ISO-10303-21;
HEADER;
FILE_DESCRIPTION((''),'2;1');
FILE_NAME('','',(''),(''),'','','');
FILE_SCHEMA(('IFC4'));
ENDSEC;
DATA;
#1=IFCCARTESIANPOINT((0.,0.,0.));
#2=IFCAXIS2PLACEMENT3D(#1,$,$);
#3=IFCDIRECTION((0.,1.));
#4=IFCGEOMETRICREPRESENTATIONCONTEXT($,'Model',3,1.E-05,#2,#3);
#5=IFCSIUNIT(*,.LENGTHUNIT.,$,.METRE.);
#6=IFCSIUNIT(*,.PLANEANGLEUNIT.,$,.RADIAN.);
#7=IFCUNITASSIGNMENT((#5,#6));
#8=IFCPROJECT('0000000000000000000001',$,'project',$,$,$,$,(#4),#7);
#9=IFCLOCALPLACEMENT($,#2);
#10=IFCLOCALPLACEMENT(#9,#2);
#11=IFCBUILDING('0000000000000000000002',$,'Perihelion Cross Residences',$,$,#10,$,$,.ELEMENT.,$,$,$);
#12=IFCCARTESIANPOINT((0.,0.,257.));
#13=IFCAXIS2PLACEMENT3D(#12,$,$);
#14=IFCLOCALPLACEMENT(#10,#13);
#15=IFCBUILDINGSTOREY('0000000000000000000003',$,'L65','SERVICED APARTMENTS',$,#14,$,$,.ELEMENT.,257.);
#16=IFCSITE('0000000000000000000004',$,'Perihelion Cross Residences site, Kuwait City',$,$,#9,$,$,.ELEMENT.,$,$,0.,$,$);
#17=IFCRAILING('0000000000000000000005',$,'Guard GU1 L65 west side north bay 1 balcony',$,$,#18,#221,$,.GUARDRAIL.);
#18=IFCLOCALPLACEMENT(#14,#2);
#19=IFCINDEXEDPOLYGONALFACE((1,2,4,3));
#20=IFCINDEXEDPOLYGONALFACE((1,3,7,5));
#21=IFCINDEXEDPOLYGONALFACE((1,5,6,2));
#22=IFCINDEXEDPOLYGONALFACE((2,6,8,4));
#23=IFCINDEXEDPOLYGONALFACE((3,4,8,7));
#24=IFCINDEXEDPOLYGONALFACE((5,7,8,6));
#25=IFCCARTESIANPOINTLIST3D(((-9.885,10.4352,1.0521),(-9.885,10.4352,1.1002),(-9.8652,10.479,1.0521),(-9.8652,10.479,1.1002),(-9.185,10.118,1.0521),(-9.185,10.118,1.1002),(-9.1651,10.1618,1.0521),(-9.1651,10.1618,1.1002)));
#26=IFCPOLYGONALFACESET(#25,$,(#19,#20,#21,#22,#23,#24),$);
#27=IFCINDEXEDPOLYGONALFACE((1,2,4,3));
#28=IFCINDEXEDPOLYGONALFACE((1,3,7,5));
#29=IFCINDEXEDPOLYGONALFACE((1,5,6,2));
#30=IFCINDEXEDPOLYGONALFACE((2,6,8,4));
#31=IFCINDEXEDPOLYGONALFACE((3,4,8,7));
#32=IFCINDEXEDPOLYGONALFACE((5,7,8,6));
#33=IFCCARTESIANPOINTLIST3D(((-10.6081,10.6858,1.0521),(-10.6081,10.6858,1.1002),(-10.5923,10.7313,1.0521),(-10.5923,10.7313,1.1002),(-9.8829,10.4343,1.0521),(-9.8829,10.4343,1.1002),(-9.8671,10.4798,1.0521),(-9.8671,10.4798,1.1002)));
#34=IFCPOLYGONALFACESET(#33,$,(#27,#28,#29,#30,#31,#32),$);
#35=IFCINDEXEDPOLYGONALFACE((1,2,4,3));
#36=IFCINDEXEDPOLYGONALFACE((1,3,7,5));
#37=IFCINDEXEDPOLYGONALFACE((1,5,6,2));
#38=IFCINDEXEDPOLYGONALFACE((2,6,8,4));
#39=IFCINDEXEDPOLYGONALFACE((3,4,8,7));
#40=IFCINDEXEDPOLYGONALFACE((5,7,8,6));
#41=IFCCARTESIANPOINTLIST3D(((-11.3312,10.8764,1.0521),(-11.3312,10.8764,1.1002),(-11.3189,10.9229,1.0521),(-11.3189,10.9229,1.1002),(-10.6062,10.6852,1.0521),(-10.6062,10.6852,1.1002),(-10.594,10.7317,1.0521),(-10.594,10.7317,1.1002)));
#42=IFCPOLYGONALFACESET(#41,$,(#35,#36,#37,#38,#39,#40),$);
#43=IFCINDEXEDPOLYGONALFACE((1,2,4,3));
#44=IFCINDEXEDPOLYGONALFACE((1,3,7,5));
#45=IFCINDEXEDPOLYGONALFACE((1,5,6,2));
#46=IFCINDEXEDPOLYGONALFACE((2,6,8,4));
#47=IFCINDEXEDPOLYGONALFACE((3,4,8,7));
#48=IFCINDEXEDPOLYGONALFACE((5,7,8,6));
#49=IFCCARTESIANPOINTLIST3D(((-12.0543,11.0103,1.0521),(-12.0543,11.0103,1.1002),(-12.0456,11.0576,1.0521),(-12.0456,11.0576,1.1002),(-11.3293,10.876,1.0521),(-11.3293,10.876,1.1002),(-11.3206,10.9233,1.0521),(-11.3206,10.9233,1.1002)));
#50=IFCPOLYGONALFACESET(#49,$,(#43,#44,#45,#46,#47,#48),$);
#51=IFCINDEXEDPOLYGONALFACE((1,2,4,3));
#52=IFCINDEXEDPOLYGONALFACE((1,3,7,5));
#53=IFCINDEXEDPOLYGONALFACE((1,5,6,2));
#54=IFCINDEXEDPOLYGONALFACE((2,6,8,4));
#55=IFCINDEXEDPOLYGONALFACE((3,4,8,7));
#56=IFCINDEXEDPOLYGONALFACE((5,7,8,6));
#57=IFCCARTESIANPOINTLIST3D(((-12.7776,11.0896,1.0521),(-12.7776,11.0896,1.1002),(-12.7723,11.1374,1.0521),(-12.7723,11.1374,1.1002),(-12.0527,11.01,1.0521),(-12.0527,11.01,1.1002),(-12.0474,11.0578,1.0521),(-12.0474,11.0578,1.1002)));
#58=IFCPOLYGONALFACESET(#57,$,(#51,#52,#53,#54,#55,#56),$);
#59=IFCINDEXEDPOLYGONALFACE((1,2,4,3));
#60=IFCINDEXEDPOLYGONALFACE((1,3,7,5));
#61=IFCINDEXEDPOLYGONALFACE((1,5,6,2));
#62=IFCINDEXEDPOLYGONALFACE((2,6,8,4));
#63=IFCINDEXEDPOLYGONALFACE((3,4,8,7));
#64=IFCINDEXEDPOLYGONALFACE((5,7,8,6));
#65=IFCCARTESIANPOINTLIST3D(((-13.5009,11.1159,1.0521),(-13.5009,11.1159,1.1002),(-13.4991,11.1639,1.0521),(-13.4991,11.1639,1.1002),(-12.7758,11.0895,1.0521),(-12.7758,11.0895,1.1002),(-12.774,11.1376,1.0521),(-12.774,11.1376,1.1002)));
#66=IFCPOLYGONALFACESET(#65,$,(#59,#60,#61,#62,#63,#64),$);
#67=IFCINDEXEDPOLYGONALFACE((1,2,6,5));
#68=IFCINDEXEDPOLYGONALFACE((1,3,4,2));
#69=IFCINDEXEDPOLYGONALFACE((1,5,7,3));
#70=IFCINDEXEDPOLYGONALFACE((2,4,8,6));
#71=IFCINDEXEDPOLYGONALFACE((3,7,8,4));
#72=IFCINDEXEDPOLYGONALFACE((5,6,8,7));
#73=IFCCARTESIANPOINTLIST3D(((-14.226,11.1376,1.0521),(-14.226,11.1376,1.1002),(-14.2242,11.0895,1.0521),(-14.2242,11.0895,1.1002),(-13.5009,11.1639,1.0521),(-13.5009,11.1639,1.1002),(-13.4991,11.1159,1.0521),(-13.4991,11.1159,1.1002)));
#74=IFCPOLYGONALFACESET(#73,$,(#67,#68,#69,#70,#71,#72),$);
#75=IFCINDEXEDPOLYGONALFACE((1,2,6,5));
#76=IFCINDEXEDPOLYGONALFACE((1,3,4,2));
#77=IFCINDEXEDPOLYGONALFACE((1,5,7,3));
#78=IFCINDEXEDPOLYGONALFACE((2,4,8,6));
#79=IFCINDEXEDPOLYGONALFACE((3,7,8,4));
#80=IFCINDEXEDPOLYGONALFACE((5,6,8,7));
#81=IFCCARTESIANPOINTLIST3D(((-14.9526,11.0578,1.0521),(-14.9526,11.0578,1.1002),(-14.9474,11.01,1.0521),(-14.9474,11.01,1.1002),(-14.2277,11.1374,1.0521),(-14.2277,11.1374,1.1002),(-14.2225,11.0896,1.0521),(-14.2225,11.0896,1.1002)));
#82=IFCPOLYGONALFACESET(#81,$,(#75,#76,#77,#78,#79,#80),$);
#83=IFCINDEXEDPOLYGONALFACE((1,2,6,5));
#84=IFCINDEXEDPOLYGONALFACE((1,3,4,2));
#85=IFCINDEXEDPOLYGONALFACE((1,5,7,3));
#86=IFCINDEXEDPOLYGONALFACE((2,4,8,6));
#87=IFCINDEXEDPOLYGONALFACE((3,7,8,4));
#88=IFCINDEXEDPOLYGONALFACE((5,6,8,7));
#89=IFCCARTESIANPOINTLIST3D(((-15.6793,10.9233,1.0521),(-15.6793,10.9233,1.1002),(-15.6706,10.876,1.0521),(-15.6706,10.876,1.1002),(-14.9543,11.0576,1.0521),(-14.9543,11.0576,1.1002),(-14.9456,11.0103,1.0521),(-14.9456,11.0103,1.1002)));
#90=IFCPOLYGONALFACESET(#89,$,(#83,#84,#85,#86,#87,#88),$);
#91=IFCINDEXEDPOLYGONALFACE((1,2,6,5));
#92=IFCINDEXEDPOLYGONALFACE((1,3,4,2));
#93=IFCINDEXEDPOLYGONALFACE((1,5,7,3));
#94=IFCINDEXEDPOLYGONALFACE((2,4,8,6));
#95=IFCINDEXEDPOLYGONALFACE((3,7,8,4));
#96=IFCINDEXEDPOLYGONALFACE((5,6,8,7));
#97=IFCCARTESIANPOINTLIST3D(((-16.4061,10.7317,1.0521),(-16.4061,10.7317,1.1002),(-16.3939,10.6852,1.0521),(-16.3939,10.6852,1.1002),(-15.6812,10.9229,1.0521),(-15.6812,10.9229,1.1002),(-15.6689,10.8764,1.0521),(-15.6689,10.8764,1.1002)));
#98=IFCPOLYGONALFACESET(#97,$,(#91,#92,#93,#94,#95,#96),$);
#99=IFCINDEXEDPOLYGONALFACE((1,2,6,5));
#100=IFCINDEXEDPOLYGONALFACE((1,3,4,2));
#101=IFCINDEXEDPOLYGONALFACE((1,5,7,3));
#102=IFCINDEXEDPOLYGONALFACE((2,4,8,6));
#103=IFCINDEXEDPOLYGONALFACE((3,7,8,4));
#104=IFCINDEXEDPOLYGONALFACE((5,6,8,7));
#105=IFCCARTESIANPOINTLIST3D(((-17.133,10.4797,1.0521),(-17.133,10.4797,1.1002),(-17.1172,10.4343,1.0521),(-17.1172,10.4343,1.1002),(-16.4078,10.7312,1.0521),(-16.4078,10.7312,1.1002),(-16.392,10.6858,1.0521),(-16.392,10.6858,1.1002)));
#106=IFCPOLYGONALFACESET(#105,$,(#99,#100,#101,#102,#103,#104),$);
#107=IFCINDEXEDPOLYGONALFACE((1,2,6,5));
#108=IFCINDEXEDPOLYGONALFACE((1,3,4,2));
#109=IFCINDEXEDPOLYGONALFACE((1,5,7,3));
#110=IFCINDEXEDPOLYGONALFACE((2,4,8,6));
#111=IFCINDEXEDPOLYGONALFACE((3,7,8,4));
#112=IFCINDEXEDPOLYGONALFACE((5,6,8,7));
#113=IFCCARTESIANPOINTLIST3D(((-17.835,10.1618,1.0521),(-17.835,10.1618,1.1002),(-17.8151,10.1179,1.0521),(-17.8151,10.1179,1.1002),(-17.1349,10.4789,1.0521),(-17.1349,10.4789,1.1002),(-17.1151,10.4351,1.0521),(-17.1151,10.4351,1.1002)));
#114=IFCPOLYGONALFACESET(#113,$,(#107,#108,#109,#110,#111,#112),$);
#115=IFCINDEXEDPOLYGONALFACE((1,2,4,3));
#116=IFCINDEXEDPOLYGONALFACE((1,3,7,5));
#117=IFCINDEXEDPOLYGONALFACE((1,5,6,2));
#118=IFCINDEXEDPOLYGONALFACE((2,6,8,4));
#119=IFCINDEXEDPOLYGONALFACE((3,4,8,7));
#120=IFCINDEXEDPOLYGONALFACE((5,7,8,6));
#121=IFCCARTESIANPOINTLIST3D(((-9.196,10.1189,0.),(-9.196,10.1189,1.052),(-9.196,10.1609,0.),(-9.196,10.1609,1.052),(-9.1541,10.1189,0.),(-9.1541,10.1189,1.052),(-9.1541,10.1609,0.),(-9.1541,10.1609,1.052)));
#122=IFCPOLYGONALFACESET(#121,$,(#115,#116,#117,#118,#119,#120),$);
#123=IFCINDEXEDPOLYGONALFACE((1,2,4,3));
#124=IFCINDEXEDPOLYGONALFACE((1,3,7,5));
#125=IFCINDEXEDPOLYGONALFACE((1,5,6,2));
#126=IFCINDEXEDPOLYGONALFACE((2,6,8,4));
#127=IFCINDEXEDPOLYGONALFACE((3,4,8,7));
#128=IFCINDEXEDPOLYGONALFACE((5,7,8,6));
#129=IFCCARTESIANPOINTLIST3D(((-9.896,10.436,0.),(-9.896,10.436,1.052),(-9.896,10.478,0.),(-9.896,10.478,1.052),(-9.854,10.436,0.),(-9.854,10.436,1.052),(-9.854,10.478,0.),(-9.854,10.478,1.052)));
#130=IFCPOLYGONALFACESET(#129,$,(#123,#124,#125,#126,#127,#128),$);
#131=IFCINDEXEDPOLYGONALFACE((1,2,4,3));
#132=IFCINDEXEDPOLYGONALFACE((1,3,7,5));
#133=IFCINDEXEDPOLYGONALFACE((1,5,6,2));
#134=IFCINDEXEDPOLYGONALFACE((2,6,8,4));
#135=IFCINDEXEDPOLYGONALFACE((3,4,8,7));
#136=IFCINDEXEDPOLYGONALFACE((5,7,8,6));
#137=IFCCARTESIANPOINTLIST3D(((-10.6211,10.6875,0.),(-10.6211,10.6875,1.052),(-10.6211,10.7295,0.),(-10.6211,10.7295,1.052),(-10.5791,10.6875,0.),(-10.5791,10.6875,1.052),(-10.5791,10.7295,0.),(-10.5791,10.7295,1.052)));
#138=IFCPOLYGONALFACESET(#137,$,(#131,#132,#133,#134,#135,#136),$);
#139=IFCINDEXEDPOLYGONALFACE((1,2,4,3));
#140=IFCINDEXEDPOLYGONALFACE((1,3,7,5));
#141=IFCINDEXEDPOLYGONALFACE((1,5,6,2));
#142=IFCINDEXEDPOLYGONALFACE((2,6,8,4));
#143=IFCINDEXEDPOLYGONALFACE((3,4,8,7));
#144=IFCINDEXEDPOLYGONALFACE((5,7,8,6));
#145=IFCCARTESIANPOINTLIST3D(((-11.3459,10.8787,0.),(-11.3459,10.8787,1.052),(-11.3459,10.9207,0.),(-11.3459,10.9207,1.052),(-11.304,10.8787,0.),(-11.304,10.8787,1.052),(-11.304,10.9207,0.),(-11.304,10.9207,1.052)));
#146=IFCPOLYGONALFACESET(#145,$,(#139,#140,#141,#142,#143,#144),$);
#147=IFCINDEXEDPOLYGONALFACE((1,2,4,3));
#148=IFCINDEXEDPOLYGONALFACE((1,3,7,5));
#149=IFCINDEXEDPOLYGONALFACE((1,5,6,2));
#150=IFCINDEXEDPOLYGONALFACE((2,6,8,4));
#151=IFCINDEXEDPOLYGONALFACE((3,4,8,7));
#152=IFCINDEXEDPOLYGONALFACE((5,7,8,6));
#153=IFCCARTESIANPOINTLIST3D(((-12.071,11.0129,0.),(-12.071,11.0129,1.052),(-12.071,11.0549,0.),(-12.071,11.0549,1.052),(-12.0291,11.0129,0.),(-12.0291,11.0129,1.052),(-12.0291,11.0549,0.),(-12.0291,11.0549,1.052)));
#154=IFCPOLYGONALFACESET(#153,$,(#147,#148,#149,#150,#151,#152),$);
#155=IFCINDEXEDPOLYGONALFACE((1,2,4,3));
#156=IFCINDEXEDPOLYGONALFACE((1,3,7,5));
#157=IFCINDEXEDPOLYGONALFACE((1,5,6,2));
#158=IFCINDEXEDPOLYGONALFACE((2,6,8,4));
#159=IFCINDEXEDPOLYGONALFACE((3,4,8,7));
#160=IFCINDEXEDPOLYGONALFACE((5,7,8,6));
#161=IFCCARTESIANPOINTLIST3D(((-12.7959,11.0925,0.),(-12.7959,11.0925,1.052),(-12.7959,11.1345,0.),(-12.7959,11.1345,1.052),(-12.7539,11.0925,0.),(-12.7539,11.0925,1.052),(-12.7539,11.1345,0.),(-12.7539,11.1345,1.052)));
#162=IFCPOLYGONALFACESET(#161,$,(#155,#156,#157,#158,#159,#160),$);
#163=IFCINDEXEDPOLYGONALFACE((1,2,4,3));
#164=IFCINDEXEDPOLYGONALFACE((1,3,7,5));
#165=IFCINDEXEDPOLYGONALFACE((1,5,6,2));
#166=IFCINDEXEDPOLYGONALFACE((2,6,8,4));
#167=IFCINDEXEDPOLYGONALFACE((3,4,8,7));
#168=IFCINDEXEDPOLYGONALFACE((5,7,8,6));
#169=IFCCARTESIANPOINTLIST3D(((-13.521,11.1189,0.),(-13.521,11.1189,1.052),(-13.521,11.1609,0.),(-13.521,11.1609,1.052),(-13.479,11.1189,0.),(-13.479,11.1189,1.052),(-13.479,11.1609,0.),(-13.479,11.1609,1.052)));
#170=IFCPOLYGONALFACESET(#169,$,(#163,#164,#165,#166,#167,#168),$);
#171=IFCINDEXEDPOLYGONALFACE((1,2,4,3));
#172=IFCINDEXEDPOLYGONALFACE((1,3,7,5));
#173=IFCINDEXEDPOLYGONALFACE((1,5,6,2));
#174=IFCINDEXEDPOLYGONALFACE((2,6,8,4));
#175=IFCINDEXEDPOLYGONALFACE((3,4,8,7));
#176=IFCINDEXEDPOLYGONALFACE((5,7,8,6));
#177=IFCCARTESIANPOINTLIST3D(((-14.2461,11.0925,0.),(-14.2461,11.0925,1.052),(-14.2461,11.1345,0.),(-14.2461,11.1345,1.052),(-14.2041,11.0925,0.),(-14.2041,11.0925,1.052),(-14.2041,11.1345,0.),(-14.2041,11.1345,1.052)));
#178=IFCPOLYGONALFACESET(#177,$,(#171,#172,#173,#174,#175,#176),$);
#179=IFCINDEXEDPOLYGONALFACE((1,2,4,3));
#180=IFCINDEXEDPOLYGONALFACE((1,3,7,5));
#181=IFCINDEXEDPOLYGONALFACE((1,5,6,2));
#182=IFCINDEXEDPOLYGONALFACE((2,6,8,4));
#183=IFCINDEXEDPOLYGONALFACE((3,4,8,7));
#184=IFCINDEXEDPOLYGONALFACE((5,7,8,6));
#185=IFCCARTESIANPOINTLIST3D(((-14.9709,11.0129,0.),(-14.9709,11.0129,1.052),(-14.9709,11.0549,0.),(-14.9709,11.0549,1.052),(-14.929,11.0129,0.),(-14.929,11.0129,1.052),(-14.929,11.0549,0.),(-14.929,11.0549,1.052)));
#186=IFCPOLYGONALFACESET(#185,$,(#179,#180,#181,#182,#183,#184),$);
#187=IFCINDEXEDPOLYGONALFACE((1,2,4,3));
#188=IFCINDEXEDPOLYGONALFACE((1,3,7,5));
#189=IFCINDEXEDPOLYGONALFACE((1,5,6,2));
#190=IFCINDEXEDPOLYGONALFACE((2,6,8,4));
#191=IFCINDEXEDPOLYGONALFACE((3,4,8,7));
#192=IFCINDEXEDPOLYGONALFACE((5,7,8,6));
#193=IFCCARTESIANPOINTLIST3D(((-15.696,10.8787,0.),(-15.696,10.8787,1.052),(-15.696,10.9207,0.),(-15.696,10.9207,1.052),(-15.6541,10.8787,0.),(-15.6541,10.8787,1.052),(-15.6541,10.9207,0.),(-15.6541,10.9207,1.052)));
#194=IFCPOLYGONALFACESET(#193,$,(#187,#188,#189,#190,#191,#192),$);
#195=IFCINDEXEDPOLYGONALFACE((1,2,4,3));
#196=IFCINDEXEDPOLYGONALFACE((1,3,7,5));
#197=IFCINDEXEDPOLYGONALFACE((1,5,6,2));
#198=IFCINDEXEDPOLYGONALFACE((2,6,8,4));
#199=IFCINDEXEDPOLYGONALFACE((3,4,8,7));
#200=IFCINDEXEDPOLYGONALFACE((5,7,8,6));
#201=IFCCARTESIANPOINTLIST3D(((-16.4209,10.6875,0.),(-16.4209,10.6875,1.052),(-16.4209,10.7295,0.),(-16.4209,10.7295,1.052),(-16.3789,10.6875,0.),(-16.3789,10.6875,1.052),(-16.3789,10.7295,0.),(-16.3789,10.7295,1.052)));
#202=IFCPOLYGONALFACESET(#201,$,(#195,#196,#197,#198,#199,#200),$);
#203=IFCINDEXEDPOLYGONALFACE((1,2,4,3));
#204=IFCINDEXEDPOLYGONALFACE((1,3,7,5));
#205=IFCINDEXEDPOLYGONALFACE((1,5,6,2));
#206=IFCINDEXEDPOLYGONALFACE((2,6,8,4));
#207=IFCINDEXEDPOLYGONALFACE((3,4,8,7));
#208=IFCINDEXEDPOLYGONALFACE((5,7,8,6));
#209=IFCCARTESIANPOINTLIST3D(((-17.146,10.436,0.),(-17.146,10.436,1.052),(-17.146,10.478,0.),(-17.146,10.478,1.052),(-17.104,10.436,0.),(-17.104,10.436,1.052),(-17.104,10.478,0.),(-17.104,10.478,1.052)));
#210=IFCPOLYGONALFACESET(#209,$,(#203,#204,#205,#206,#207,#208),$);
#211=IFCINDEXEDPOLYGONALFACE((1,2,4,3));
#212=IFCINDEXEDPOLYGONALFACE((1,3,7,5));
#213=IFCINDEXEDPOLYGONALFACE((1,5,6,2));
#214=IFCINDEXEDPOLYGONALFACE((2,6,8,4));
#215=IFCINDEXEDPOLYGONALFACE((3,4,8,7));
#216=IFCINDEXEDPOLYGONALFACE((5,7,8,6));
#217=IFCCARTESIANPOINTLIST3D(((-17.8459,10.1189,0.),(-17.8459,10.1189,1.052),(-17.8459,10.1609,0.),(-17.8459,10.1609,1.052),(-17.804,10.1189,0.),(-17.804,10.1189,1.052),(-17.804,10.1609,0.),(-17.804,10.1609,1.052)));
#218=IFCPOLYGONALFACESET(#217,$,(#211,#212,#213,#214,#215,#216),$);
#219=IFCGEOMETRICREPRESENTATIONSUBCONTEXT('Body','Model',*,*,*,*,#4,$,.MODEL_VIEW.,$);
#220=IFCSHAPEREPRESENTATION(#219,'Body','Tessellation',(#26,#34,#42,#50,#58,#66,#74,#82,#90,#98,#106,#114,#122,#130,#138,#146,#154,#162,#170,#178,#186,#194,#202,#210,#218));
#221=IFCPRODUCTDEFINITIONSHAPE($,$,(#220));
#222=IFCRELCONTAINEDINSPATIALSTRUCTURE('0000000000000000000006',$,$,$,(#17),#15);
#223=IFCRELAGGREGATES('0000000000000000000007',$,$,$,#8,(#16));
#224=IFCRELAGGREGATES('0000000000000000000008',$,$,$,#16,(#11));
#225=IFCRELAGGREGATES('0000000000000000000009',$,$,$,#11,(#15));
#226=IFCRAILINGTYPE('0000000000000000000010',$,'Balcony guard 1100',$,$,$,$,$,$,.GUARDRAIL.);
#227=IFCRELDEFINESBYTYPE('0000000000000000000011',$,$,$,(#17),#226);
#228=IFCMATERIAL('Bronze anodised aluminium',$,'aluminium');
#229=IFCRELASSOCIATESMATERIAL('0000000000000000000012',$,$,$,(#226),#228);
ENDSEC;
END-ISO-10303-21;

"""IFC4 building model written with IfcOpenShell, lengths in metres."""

from ifc_helpers import new_model, si_unit, direction, frame, origin, origin_2d, place, context, subcontext, project, spatial, rectangle, extrude, material, type_object, element, save


model = new_model("IFC4")

# Units and contexts
model_context = context("Model", 3, precision=1e-05, world=origin(), true_north=direction((0.0, 1.0)))
body_context = subcontext(model_context, "Body", "Model", "MODEL_VIEW")
ifc_project = project(units=[si_unit("LENGTHUNIT", "METRE"), si_unit("PLANEANGLEUNIT", "RADIAN")], contexts=[model_context])

# Site, building, storey
site_placement = place(None, origin())
site = spatial("IfcSite", under=ifc_project, at=site_placement, Name="Perihelion Cross Residences site, Kuwait City", CompositionType="ELEMENT", RefElevation=0.0)
building_placement = place(site_placement, origin())
building = spatial("IfcBuilding", under=site, at=building_placement, Name="Perihelion Cross Residences", CompositionType="ELEMENT")
storey_placement = place(building_placement, frame((0.0, 0.0, 257.0)))
storey = spatial("IfcBuildingStorey", under=building, at=storey_placement, Name="L65", Description="SERVICED APARTMENTS", CompositionType="ELEMENT", Elevation=257.0)

# Railing
ifc_material_1 = material(Name="Bronze anodised aluminium", Category="aluminium")
railing_type = type_object("IfcRailingType", Name="Balcony guard 1100", PredefinedType="GUARDRAIL", material=ifc_material_1)
railing_1_placement = place(storey_placement, frame((-9.175, 10.1399, 0.0)))
element("IfcRailing", 1, at=railing_1_placement, inside=storey, type_object=railing_type, Name="Guard GU1 L65 west side north bay 1 balcony", PredefinedType="GUARDRAIL", context=body_context, shape_type="SweptSolid", body=[
    extrude(rectangle(XDim=0.0481, YDim=0.0481, at=origin_2d()), frame((0.0, 0.0, 1.0762), z_axis=(-0.910866, 0.412702, 0.0), x_axis=(-0.412702, -0.910866, 0.0)), (0.0, 0.0, 1.0), 0.7686),
    extrude(rectangle(XDim=0.0481, YDim=0.0481, at=origin_2d()), frame((-0.7, 0.3171, 1.0762), z_axis=(-0.944797, 0.327657, 0.0), x_axis=(-0.327657, -0.944797, 0.0)), (0.0, 0.0, 1.0), 0.7676),
    extrude(rectangle(XDim=0.0481, YDim=0.0481, at=origin_2d()), frame((-1.425, 0.5686, 1.0762), z_axis=(-0.966939, 0.255006, 0.0), x_axis=(-0.255006, -0.966939, 0.0)), (0.0, 0.0, 1.0), 0.7498),
    extrude(rectangle(XDim=0.0481, YDim=0.0481, at=origin_2d()), frame((-2.1499, 0.7598, 1.0762), z_axis=(-0.983282, 0.182089, 0.0), x_axis=(-0.182089, -0.983282, 0.0)), (0.0, 0.0, 1.0), 0.7373),
    extrude(rectangle(XDim=0.0481, YDim=0.0481, at=origin_2d()), frame((-2.875, 0.894, 1.0762), z_axis=(-0.994026, 0.109145, 0.0), x_axis=(-0.109145, -0.994026, 0.0)), (0.0, 0.0, 1.0), 0.7292),
    extrude(rectangle(XDim=0.0481, YDim=0.0481, at=origin_2d()), frame((-3.5999, 0.9736, 1.0762), z_axis=(-0.999339, 0.03634, 0.0), x_axis=(-0.03634, -0.999339, 0.0)), (0.0, 0.0, 1.0), 0.7256),
    extrude(rectangle(XDim=0.0481, YDim=0.0481, at=origin_2d()), frame((-4.325, 1.0, 1.0762), z_axis=(-0.999339, -0.03634, 0.0), x_axis=(0.03634, -0.999339, 0.0)), (0.0, 0.0, 1.0), 0.7256),
    extrude(rectangle(XDim=0.0481, YDim=0.0481, at=origin_2d()), frame((-5.05, 0.9736, 1.0762), z_axis=(-0.994026, -0.109145, 0.0), x_axis=(0.109145, -0.994026, 0.0)), (0.0, 0.0, 1.0), 0.7292),
    extrude(rectangle(XDim=0.0481, YDim=0.0481, at=origin_2d()), frame((-5.7749, 0.894, 1.0762), z_axis=(-0.983282, -0.182089, 0.0), x_axis=(0.182089, -0.983282, 0.0)), (0.0, 0.0, 1.0), 0.7373),
    extrude(rectangle(XDim=0.0481, YDim=0.0481, at=origin_2d()), frame((-6.5, 0.7598, 1.0762), z_axis=(-0.966939, -0.255006, 0.0), x_axis=(0.255006, -0.966939, 0.0)), (0.0, 0.0, 1.0), 0.7498),
    extrude(rectangle(XDim=0.0481, YDim=0.0481, at=origin_2d()), frame((-7.2249, 0.5686, 1.0762), z_axis=(-0.944797, -0.327657, 0.0), x_axis=(0.327657, -0.944797, 0.0)), (0.0, 0.0, 1.0), 0.7676),
    extrude(rectangle(XDim=0.0481, YDim=0.0481, at=origin_2d()), frame((-7.95, 0.3171, 1.0762), z_axis=(-0.910866, -0.412702, 0.0), x_axis=(0.412702, -0.910866, 0.0)), (0.0, 0.0, 1.0), 0.7686),
    extrude(rectangle(XDim=0.042, YDim=0.042, at=origin_2d()), origin(), (0.0, 0.0, 1.0), 1.052),
    extrude(rectangle(XDim=0.042, YDim=0.042, at=origin_2d()), frame((-0.7, 0.3171, 0.0)), (0.0, 0.0, 1.0), 1.052),
    extrude(rectangle(XDim=0.042, YDim=0.042, at=origin_2d()), frame((-1.425, 0.5686, 0.0)), (0.0, 0.0, 1.0), 1.052),
    extrude(rectangle(XDim=0.042, YDim=0.042, at=origin_2d()), frame((-2.1499, 0.7598, 0.0)), (0.0, 0.0, 1.0), 1.052),
    extrude(rectangle(XDim=0.042, YDim=0.042, at=origin_2d()), frame((-2.875, 0.894, 0.0)), (0.0, 0.0, 1.0), 1.052),
    extrude(rectangle(XDim=0.042, YDim=0.042, at=origin_2d()), frame((-3.5999, 0.9736, 0.0)), (0.0, 0.0, 1.0), 1.052),
    extrude(rectangle(XDim=0.042, YDim=0.042, at=origin_2d()), frame((-4.325, 1.0, 0.0)), (0.0, 0.0, 1.0), 1.052),
    extrude(rectangle(XDim=0.042, YDim=0.042, at=origin_2d()), frame((-5.05, 0.9736, 0.0)), (0.0, 0.0, 1.0), 1.052),
    extrude(rectangle(XDim=0.042, YDim=0.042, at=origin_2d()), frame((-5.7749, 0.894, 0.0)), (0.0, 0.0, 1.0), 1.052),
    extrude(rectangle(XDim=0.042, YDim=0.042, at=origin_2d()), frame((-6.5, 0.7598, 0.0)), (0.0, 0.0, 1.0), 1.052),
    extrude(rectangle(XDim=0.042, YDim=0.042, at=origin_2d()), frame((-7.2249, 0.5686, 0.0)), (0.0, 0.0, 1.0), 1.052),
    extrude(rectangle(XDim=0.042, YDim=0.042, at=origin_2d()), frame((-7.95, 0.3171, 0.0)), (0.0, 0.0, 1.0), 1.052),
    extrude(rectangle(XDim=0.042, YDim=0.042, at=origin_2d()), frame((-8.6499, 0.0, 0.0)), (0.0, 0.0, 1.0), 1.052),
])

save(model, "model.ifc")
